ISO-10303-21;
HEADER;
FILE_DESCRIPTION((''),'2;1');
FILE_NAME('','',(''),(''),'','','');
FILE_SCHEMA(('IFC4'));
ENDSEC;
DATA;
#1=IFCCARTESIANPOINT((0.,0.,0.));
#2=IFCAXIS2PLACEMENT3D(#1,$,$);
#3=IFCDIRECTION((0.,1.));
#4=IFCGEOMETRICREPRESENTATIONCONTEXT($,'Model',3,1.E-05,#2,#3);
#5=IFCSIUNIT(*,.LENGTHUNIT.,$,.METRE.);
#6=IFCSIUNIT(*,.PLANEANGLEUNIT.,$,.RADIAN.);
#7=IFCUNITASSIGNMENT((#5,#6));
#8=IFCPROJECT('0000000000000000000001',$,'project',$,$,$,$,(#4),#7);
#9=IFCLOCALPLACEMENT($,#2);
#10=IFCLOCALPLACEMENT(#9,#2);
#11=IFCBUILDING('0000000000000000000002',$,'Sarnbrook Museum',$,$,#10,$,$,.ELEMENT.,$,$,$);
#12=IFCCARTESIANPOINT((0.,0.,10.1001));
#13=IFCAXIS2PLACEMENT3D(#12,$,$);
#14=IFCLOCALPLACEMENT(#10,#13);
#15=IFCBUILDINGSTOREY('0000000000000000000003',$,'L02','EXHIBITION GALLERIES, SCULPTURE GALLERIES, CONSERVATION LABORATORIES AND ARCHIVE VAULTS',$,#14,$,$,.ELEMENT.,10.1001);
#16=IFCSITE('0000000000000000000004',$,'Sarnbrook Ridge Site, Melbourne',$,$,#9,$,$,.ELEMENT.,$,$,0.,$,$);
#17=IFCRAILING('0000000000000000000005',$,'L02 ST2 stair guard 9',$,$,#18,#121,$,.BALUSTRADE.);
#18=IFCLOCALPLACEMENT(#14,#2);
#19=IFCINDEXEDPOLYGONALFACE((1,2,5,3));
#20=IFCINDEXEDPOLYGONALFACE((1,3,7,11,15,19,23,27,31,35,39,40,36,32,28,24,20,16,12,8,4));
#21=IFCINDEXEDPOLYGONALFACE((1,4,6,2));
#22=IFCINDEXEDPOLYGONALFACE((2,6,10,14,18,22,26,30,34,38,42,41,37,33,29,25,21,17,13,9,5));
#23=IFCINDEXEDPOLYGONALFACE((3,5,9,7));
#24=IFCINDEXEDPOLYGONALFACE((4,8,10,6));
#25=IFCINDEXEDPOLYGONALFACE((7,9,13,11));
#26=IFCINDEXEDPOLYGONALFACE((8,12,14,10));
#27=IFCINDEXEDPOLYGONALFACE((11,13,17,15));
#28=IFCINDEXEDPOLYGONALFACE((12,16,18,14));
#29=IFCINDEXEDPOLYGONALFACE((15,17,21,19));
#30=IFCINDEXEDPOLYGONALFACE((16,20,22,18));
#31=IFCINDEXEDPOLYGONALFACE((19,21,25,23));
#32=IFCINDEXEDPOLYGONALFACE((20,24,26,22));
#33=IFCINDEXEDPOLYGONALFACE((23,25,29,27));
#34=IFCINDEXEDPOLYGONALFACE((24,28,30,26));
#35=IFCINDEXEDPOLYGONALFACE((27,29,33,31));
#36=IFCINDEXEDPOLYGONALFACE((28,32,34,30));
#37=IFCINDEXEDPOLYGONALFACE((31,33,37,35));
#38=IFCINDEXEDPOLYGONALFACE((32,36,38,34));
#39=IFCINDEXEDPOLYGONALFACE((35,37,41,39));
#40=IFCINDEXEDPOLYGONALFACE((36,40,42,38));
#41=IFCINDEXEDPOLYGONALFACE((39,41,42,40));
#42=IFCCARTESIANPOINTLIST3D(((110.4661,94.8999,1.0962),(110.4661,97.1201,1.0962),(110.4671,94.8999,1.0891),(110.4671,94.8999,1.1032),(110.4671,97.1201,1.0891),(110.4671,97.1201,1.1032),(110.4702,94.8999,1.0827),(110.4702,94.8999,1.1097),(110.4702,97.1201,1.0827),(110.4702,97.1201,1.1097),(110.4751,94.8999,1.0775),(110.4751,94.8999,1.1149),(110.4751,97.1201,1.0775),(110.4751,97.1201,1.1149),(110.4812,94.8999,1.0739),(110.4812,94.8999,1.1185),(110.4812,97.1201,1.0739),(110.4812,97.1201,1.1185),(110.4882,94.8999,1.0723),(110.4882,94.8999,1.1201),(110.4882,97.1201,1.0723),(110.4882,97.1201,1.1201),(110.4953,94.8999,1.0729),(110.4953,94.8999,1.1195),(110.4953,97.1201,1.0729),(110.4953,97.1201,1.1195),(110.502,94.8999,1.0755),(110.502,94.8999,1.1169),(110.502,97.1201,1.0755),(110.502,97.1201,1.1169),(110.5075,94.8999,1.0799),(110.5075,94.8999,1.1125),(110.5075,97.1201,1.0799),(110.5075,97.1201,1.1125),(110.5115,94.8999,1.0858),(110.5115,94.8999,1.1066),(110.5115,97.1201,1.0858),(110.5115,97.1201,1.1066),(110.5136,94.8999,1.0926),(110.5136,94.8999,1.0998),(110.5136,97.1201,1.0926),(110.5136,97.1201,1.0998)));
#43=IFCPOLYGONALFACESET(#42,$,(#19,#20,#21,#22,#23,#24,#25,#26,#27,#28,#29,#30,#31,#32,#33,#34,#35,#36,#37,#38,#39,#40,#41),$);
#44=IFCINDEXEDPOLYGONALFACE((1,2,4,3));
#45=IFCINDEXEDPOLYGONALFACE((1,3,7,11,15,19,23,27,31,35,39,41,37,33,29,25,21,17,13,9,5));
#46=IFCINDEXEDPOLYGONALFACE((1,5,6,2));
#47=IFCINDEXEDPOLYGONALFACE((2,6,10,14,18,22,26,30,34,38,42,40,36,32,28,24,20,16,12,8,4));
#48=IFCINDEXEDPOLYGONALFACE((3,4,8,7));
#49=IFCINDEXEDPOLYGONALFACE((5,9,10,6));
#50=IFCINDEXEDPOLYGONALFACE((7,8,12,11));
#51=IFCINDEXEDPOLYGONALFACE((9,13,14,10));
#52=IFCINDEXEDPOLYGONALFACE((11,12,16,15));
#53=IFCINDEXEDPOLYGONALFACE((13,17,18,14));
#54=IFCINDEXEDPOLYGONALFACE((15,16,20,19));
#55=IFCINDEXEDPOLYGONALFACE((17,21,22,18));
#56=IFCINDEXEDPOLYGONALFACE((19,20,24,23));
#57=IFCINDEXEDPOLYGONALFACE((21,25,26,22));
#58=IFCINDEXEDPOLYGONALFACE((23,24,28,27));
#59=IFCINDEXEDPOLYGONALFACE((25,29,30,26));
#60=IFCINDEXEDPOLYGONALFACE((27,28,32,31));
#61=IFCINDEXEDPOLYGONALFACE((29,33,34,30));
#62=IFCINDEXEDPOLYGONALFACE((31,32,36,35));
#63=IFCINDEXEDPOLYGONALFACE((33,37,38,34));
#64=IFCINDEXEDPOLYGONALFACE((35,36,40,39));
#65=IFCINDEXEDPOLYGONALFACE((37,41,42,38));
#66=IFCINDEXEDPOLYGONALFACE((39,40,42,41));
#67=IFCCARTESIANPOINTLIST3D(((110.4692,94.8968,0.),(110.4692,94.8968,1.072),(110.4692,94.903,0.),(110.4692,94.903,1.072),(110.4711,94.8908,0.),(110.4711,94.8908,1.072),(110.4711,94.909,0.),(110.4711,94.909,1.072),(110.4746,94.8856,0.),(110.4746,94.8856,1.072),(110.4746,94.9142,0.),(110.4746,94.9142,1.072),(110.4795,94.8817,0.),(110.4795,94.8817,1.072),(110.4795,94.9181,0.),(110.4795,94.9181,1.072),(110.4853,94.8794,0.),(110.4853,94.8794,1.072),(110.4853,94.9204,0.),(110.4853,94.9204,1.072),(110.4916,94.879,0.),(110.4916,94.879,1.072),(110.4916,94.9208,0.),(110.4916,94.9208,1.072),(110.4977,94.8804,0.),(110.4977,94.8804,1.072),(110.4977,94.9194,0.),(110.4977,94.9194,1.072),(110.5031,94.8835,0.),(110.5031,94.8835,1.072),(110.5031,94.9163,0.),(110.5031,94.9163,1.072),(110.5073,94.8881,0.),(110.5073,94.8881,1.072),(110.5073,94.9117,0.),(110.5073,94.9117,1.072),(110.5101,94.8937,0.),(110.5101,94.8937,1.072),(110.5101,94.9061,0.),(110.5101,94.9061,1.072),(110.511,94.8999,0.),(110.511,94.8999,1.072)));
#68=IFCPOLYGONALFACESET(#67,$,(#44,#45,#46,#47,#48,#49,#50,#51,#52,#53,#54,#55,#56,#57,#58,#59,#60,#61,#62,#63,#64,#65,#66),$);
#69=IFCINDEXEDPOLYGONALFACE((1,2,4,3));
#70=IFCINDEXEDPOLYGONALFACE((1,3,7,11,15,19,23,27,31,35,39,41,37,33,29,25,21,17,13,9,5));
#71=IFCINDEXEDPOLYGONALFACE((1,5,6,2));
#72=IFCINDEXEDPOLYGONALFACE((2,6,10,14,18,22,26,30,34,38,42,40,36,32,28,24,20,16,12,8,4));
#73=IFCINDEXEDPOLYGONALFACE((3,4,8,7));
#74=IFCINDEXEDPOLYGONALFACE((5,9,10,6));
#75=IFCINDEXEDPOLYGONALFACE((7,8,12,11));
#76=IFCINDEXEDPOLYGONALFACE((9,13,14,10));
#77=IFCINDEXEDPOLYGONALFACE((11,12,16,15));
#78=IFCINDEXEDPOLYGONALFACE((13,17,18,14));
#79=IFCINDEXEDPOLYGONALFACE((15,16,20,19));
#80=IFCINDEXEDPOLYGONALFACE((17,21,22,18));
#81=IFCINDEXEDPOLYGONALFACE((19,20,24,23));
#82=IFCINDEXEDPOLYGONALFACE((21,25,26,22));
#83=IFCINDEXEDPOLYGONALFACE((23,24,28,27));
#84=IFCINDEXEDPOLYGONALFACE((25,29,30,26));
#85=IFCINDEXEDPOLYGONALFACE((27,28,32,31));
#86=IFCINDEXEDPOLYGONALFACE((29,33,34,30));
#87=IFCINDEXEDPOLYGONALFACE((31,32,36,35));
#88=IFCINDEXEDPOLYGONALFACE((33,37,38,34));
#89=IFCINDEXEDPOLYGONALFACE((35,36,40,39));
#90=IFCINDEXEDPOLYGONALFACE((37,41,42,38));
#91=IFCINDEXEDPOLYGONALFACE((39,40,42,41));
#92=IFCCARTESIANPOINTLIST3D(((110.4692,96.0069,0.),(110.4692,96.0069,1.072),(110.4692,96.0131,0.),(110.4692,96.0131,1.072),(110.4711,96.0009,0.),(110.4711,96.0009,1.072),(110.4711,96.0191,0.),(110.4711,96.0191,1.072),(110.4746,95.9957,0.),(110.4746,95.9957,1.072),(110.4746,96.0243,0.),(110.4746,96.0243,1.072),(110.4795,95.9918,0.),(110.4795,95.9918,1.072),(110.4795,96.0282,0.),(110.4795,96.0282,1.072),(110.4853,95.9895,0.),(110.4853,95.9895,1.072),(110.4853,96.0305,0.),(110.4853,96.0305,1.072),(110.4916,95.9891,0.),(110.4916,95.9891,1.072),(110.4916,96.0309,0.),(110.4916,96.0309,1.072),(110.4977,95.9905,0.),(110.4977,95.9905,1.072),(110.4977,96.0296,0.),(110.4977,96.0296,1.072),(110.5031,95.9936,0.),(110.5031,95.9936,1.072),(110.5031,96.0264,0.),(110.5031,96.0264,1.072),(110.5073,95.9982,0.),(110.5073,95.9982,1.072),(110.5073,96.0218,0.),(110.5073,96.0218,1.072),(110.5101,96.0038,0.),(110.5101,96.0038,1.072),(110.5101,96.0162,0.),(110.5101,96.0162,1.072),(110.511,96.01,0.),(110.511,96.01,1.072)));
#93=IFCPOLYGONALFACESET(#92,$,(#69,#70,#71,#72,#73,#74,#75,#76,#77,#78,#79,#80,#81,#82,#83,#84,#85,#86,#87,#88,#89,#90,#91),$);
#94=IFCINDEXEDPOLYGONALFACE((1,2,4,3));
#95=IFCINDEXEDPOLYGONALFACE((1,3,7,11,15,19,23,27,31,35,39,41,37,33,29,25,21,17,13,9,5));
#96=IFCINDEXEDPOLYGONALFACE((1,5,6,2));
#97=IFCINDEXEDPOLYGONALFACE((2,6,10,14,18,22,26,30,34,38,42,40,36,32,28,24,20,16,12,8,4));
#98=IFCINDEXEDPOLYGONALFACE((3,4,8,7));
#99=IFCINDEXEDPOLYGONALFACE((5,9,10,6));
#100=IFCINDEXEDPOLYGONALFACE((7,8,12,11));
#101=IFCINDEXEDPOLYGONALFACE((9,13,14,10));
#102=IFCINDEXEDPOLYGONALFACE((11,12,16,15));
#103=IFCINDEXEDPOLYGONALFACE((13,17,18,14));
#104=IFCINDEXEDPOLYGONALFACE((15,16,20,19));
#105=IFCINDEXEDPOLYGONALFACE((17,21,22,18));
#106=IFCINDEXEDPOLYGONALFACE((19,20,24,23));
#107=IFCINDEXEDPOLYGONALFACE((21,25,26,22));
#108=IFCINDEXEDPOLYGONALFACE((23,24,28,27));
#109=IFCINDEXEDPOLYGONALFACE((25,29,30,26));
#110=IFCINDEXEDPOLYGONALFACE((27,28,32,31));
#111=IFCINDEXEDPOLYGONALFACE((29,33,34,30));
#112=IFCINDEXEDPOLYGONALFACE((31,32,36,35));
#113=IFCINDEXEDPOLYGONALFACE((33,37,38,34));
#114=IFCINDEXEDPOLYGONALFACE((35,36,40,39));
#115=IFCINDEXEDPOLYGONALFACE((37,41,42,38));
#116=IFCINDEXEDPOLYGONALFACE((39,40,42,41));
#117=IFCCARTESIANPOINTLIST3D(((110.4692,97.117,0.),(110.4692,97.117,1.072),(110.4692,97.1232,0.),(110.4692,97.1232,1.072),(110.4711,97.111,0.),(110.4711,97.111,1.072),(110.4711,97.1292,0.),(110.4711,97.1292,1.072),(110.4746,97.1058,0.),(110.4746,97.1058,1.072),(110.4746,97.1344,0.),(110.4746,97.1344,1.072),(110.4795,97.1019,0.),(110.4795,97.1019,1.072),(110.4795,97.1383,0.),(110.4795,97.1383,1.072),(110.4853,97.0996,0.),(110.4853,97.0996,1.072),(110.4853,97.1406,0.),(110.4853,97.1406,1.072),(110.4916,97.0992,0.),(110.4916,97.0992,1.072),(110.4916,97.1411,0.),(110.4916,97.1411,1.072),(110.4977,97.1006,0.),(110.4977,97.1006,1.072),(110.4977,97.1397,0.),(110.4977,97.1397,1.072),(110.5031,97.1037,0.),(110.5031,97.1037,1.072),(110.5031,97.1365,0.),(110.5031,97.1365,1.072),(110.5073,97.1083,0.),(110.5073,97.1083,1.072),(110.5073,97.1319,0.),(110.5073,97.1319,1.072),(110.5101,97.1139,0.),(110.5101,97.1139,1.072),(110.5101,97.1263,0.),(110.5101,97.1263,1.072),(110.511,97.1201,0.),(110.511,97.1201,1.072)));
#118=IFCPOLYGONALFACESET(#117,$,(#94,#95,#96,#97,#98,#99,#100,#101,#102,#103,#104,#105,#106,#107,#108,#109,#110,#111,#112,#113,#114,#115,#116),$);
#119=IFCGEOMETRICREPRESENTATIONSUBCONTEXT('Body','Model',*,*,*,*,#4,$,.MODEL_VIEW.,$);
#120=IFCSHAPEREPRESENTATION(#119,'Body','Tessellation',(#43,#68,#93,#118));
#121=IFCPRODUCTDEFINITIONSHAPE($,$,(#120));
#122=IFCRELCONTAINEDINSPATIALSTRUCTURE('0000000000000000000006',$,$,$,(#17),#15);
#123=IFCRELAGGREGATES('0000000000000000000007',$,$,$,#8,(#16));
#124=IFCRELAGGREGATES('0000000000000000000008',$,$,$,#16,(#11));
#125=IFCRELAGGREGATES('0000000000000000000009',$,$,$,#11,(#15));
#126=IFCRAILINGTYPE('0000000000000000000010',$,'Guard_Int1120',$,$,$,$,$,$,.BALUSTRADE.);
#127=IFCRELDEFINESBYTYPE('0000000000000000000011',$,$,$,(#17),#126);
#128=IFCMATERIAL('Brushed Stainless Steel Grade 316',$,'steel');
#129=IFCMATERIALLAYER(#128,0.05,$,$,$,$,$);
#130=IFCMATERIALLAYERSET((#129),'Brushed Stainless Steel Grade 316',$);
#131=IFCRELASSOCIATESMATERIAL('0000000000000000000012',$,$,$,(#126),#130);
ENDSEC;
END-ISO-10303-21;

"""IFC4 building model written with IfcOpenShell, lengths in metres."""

from ifc_helpers import new_model, si_unit, direction, frame, origin, origin_2d, place, context, subcontext, project, spatial, circle, extrude, material, layer, layer_set, type_object, element, save


model = new_model("IFC4")

# Units and contexts
model_context = context("Model", 3, precision=1e-05, world=origin(), true_north=direction((0.0, 1.0)))
body_context = subcontext(model_context, "Body", "Model", "MODEL_VIEW")
ifc_project = project(units=[si_unit("LENGTHUNIT", "METRE"), si_unit("PLANEANGLEUNIT", "RADIAN")], contexts=[model_context])

# Site, building, storey
site_placement = place(None, origin())
site = spatial("IfcSite", under=ifc_project, at=site_placement, Name="Sarnbrook Ridge Site, Melbourne", CompositionType="ELEMENT", RefElevation=0.0)
building_placement = place(site_placement, origin())
building = spatial("IfcBuilding", under=site, at=building_placement, Name="Sarnbrook Museum", CompositionType="ELEMENT")
storey_placement = place(building_placement, frame((0.0, 0.0, 10.1001)))
storey = spatial("IfcBuildingStorey", under=building, at=storey_placement, Name="L02", Description="EXHIBITION GALLERIES, SCULPTURE GALLERIES, CONSERVATION LABORATORIES AND ARCHIVE VAULTS", CompositionType="ELEMENT", Elevation=10.1001)

# Railing
ifc_material_1 = material(Name="Brushed Stainless Steel Grade 316", Category="steel")
ifc_layer_1 = layer(ifc_material_1, 0.05)
ifc_layer_set_1 = layer_set([ifc_layer_1], Name="Brushed Stainless Steel Grade 316")
railing_type = type_object("IfcRailingType", Name="Guard_Int1120", PredefinedType="BALUSTRADE", material=ifc_layer_set_1)
for number, where, name in (
    (1, (110.49, 94.8999, 0.0), "L02 ST2 stair guard 9"),
):
    element("IfcRailing", number, at=place(storey_placement, frame(where)), inside=storey, type_object=railing_type, Name=name, PredefinedType="BALUSTRADE", context=body_context, shape_type="SweptSolid", body=[
        extrude(circle(Radius=0.0239, at=origin_2d()), frame((0.0, 0.0, 1.0962), z_axis=(0.0, 1.0, 0.0), x_axis=(-1.0, 0.0, 0.0)), (0.0, 0.0, 1.0), 2.2202),
        extrude(circle(Radius=0.021, at=origin_2d()), origin(), (0.0, 0.0, 1.0), 1.072),
        extrude(circle(Radius=0.021, at=origin_2d()), frame((0.0, 1.1101, 0.0)), (0.0, 0.0, 1.0), 1.072),
        extrude(circle(Radius=0.021, at=origin_2d()), frame((0.0, 2.2202, 0.0)), (0.0, 0.0, 1.0), 1.072),
    ])

save(model, "model.ifc")
